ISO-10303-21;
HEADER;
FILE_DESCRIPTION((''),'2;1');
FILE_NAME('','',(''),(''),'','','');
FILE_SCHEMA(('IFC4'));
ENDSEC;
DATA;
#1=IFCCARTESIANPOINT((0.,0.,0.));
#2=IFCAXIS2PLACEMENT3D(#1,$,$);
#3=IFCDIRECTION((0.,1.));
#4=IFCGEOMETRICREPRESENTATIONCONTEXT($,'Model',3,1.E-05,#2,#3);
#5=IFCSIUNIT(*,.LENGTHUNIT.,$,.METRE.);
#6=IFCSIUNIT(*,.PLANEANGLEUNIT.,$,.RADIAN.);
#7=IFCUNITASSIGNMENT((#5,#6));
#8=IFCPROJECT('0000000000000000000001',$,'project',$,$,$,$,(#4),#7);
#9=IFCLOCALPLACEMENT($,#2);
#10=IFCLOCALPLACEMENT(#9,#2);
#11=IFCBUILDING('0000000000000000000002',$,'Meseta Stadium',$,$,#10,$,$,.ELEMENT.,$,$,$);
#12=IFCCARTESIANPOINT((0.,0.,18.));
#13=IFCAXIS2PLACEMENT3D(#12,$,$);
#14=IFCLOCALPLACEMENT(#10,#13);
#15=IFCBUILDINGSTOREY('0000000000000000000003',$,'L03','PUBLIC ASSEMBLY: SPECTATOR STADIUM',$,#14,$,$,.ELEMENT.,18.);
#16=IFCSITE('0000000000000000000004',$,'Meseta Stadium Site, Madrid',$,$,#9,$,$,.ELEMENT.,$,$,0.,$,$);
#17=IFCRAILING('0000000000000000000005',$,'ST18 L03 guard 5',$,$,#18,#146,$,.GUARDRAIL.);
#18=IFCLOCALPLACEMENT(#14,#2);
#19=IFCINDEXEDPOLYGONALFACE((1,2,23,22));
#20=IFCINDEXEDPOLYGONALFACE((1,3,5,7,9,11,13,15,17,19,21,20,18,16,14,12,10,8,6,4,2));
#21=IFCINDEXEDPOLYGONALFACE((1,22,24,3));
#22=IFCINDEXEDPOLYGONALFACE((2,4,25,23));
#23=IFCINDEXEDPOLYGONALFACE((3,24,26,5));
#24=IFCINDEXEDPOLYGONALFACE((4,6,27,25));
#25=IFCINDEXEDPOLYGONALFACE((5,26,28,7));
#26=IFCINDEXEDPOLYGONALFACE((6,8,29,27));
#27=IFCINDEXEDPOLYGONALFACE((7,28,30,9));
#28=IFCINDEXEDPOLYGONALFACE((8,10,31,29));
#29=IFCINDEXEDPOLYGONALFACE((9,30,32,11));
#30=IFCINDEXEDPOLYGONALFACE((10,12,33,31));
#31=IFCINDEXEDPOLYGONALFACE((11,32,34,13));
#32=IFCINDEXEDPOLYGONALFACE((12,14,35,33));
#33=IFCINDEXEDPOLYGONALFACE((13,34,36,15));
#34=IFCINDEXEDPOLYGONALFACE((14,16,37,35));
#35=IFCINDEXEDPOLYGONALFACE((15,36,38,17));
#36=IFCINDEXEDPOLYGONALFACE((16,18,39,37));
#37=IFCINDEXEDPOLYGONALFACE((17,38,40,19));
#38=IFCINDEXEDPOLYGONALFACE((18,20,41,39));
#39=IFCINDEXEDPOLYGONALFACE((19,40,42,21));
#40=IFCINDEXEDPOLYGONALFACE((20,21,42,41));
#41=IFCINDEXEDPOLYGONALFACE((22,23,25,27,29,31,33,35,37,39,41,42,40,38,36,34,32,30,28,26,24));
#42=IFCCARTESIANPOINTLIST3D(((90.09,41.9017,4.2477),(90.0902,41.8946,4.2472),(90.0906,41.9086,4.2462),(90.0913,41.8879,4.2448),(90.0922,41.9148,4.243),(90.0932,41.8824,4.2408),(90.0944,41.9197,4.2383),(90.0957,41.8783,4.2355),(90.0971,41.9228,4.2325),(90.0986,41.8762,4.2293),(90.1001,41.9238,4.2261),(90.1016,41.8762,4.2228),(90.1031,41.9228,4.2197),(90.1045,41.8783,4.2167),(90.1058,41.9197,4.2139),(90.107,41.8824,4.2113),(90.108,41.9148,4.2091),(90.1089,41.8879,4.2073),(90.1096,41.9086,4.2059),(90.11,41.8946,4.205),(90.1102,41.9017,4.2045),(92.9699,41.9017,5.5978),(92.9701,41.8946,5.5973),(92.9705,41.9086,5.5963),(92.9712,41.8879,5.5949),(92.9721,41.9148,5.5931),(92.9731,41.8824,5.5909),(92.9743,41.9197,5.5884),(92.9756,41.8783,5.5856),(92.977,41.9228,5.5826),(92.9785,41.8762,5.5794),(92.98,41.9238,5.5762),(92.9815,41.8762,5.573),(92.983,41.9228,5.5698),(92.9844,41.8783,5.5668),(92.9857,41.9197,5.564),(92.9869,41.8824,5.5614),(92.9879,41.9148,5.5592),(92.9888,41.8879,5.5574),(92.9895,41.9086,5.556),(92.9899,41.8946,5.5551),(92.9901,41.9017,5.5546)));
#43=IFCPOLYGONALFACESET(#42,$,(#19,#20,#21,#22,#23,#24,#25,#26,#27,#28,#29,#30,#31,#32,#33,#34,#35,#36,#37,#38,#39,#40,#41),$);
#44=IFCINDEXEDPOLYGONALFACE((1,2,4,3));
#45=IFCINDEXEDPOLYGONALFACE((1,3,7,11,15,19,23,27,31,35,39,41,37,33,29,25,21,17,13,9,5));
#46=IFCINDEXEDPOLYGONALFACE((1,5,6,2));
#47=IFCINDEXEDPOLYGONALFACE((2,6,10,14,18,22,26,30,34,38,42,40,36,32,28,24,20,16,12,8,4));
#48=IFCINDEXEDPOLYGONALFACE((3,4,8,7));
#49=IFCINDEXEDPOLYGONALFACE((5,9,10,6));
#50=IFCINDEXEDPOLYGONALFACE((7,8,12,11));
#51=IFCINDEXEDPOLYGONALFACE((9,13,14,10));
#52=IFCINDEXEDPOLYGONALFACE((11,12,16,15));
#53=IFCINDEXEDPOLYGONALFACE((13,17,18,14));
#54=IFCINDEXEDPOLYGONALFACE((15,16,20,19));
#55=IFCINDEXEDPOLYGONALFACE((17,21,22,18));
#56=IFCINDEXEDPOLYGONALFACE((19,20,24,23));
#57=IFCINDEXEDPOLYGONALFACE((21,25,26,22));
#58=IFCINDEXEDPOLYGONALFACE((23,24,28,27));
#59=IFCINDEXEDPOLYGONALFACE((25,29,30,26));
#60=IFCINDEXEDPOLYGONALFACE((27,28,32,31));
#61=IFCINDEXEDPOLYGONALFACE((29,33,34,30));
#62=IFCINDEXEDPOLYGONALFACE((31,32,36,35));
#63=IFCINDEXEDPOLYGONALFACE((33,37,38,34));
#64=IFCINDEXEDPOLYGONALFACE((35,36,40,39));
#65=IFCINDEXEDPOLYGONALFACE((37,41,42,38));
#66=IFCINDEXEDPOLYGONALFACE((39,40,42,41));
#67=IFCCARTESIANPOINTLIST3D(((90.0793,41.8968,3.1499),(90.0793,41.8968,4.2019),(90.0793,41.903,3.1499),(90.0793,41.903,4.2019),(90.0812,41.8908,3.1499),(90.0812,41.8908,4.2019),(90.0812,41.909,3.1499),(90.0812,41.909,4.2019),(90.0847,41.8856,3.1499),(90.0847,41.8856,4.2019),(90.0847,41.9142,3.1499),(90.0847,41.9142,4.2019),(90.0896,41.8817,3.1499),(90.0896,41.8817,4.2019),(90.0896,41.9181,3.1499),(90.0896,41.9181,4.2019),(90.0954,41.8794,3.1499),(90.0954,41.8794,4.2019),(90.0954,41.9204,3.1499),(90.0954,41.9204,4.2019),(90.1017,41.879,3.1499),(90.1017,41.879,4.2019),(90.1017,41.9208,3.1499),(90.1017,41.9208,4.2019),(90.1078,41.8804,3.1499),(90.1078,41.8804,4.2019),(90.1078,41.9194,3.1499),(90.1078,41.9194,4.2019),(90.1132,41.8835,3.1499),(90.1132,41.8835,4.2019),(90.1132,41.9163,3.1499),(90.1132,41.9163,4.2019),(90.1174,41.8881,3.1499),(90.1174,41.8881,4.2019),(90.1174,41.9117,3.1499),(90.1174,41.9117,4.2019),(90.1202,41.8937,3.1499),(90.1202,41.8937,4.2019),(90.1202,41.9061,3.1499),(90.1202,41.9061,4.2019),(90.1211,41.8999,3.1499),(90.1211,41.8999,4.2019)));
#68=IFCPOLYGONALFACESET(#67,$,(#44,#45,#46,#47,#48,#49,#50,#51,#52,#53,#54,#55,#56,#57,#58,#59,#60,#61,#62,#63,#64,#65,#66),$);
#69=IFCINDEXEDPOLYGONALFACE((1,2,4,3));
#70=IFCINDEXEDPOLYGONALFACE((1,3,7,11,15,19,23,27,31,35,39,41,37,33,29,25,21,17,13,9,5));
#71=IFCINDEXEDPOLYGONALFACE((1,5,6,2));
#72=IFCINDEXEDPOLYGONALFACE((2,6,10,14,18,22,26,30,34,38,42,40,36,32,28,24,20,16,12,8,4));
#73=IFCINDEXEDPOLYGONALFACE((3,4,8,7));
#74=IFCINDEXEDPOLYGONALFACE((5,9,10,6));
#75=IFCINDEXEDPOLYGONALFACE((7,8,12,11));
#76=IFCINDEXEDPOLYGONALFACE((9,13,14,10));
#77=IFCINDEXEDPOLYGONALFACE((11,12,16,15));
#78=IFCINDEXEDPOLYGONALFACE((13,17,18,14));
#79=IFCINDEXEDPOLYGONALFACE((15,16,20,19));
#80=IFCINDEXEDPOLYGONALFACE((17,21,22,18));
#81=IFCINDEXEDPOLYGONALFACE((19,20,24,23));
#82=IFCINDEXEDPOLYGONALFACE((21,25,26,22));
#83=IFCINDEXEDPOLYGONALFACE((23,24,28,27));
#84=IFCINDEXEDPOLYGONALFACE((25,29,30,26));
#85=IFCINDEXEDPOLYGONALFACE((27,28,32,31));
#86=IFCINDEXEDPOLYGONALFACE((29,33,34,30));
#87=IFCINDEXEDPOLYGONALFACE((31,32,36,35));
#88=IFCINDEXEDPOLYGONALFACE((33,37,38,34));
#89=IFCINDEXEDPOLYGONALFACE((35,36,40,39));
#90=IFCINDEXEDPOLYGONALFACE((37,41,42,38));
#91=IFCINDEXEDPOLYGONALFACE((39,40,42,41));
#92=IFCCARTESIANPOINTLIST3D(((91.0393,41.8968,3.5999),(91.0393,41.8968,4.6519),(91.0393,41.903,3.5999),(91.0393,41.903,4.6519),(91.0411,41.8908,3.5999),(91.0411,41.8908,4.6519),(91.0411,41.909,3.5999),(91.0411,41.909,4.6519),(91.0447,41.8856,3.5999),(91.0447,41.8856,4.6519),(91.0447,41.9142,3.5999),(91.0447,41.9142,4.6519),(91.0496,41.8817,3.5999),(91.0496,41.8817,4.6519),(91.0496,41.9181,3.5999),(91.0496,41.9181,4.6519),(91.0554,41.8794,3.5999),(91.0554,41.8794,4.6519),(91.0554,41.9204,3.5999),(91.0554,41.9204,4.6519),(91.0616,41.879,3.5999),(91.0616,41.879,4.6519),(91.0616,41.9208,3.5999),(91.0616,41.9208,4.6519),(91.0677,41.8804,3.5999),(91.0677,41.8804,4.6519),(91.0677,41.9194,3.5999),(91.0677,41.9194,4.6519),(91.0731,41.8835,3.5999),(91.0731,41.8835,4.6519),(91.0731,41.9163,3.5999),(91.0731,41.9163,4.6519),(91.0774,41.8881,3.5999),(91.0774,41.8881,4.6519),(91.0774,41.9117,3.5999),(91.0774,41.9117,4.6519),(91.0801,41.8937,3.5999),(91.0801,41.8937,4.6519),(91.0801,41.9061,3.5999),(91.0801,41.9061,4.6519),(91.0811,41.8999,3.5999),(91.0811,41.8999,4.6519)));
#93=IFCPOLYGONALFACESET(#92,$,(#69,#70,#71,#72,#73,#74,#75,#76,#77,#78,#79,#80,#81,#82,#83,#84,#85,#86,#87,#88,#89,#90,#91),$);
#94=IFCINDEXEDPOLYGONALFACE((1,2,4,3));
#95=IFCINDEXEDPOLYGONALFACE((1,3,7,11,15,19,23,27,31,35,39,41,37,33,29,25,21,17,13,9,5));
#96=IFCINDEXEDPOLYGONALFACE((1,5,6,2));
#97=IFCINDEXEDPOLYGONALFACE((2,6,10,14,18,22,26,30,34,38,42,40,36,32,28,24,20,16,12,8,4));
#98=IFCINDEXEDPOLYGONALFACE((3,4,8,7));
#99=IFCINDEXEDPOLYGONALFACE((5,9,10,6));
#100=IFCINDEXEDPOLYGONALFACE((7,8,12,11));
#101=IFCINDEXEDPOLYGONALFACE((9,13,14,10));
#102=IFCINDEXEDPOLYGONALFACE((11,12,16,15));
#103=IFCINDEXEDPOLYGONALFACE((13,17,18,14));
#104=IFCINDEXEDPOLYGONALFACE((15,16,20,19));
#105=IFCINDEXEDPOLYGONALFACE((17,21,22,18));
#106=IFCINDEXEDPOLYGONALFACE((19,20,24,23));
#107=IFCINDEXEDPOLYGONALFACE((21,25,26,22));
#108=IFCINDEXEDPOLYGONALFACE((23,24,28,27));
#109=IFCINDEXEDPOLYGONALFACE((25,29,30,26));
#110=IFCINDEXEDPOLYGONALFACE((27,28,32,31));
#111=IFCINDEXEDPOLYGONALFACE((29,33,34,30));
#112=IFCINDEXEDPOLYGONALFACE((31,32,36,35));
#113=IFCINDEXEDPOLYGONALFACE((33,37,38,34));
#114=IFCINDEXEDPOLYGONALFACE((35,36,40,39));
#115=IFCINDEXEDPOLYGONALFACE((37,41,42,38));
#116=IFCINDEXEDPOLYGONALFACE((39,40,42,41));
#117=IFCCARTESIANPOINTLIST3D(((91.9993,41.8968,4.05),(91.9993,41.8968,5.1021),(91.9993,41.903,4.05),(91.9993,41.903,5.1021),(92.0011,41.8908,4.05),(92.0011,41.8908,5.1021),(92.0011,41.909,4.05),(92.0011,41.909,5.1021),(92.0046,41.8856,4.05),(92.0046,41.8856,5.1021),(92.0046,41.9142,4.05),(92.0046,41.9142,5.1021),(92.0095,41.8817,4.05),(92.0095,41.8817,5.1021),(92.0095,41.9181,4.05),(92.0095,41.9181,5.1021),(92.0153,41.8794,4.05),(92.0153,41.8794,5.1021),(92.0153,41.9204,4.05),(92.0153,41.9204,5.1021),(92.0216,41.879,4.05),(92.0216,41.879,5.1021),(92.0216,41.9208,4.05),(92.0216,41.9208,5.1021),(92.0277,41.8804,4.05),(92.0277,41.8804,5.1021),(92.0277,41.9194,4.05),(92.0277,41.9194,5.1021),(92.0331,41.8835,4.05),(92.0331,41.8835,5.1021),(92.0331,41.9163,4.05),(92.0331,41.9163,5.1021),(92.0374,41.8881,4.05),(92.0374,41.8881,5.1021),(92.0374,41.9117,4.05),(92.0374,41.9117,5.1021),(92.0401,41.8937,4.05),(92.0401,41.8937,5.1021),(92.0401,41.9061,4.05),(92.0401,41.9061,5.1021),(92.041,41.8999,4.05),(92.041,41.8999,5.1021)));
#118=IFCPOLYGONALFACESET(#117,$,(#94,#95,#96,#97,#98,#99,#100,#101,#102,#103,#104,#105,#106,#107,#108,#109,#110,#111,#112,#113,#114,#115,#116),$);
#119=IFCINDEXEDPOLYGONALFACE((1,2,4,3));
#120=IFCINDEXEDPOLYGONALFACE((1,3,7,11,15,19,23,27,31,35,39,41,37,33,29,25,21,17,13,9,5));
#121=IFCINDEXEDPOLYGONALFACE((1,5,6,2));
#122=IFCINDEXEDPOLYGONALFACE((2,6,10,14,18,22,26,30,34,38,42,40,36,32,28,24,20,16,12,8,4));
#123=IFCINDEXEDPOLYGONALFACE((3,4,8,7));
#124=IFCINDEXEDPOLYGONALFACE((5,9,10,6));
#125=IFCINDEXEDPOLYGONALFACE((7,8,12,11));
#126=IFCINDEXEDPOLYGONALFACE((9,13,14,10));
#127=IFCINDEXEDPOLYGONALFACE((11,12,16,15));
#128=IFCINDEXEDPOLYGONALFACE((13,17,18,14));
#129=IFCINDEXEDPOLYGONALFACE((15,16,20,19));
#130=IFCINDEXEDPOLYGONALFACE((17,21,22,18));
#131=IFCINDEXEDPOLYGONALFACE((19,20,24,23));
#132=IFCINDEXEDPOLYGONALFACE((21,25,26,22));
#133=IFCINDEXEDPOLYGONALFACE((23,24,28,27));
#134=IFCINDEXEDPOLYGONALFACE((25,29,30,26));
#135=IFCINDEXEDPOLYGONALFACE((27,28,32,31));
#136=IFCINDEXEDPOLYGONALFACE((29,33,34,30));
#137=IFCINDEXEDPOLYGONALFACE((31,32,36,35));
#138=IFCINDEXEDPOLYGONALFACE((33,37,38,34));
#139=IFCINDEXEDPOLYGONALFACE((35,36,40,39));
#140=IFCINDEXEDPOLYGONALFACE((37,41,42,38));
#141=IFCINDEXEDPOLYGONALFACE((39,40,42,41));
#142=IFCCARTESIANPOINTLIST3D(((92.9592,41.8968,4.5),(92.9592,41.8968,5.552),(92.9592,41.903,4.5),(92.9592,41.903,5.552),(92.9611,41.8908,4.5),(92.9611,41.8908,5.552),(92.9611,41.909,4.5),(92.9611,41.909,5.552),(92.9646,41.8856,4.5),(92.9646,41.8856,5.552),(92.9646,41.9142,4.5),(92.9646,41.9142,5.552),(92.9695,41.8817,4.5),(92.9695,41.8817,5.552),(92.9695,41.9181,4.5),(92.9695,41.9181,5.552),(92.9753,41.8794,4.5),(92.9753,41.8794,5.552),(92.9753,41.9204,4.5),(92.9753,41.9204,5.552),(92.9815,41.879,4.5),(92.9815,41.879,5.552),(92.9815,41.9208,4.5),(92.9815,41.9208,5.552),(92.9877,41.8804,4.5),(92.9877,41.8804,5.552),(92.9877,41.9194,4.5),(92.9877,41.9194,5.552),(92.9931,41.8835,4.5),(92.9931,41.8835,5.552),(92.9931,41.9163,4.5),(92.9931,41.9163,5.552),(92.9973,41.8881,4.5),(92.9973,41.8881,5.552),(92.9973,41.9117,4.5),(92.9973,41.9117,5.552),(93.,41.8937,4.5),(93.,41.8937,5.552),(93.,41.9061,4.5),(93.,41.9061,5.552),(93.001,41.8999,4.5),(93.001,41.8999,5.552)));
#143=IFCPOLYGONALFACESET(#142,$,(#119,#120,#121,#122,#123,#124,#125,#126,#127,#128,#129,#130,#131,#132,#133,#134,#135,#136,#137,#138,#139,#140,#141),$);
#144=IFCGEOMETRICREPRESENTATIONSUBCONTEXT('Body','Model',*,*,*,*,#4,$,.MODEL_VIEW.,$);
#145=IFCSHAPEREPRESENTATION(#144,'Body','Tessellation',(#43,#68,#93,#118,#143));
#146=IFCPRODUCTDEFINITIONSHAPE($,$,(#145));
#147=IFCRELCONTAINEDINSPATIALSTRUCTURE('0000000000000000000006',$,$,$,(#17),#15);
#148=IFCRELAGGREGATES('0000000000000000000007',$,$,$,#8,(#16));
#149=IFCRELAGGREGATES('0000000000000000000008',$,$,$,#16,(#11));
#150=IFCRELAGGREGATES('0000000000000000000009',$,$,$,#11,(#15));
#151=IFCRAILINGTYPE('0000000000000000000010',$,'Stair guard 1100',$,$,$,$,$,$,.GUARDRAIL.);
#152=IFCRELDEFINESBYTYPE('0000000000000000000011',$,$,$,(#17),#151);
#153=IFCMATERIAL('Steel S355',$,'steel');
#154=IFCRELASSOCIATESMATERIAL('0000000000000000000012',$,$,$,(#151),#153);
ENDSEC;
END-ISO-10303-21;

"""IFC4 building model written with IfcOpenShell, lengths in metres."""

from ifc_helpers import new_model, si_unit, direction, frame, origin, origin_2d, place, context, subcontext, project, spatial, circle, extrude, material, type_object, element, save


model = new_model("IFC4")

# Units and contexts
model_context = context("Model", 3, precision=1e-05, world=origin(), true_north=direction((0.0, 1.0)))
body_context = subcontext(model_context, "Body", "Model", "MODEL_VIEW")
ifc_project = project(units=[si_unit("LENGTHUNIT", "METRE"), si_unit("PLANEANGLEUNIT", "RADIAN")], contexts=[model_context])

# Site, building, storey
site_placement = place(None, origin())
site = spatial("IfcSite", under=ifc_project, at=site_placement, Name="Meseta Stadium Site, Madrid", CompositionType="ELEMENT", RefElevation=0.0)
building_placement = place(site_placement, origin())
building = spatial("IfcBuilding", under=site, at=building_placement, Name="Meseta Stadium", CompositionType="ELEMENT")
storey_placement = place(building_placement, frame((0.0, 0.0, 18.0)))
storey = spatial("IfcBuildingStorey", under=building, at=storey_placement, Name="L03", Description="PUBLIC ASSEMBLY: SPECTATOR STADIUM", CompositionType="ELEMENT", Elevation=18.0)

# Railing
ifc_material_1 = material(Name="Steel S355", Category="steel")
railing_type_1 = type_object("IfcRailingType", Name="Stair guard 1100", PredefinedType="GUARDRAIL", material=ifc_material_1)
railing_1_placement = place(storey_placement, frame((90.1001, 41.8999, 3.1499)))
element("IfcRailing", 1, at=railing_1_placement, inside=storey, type_object=railing_type_1, Name="ST18 L03 guard 5", PredefinedType="GUARDRAIL", context=body_context, shape_type="SweptSolid", body=[
    extrude(circle(Radius=0.0239, at=origin_2d()), frame((0.0, 0.0, 1.0762), z_axis=(0.90544, 0.0, 0.424473), x_axis=(0.0, 1.0, 0.0)), (0.0, 0.0, 1.0), 3.1807),
    extrude(circle(Radius=0.021, at=origin_2d()), origin(), (0.0, 0.0, 1.0), 1.052),
    extrude(circle(Radius=0.021, at=origin_2d()), frame((0.96, 0.0, 0.45)), (0.0, 0.0, 1.0), 1.052),
    extrude(circle(Radius=0.021, at=origin_2d()), frame((1.9199, 0.0, 0.9001)), (0.0, 0.0, 1.0), 1.052),
    extrude(circle(Radius=0.021, at=origin_2d()), frame((2.8799, 0.0, 1.3501)), (0.0, 0.0, 1.0), 1.052),
])

save(model, "model.ifc")
